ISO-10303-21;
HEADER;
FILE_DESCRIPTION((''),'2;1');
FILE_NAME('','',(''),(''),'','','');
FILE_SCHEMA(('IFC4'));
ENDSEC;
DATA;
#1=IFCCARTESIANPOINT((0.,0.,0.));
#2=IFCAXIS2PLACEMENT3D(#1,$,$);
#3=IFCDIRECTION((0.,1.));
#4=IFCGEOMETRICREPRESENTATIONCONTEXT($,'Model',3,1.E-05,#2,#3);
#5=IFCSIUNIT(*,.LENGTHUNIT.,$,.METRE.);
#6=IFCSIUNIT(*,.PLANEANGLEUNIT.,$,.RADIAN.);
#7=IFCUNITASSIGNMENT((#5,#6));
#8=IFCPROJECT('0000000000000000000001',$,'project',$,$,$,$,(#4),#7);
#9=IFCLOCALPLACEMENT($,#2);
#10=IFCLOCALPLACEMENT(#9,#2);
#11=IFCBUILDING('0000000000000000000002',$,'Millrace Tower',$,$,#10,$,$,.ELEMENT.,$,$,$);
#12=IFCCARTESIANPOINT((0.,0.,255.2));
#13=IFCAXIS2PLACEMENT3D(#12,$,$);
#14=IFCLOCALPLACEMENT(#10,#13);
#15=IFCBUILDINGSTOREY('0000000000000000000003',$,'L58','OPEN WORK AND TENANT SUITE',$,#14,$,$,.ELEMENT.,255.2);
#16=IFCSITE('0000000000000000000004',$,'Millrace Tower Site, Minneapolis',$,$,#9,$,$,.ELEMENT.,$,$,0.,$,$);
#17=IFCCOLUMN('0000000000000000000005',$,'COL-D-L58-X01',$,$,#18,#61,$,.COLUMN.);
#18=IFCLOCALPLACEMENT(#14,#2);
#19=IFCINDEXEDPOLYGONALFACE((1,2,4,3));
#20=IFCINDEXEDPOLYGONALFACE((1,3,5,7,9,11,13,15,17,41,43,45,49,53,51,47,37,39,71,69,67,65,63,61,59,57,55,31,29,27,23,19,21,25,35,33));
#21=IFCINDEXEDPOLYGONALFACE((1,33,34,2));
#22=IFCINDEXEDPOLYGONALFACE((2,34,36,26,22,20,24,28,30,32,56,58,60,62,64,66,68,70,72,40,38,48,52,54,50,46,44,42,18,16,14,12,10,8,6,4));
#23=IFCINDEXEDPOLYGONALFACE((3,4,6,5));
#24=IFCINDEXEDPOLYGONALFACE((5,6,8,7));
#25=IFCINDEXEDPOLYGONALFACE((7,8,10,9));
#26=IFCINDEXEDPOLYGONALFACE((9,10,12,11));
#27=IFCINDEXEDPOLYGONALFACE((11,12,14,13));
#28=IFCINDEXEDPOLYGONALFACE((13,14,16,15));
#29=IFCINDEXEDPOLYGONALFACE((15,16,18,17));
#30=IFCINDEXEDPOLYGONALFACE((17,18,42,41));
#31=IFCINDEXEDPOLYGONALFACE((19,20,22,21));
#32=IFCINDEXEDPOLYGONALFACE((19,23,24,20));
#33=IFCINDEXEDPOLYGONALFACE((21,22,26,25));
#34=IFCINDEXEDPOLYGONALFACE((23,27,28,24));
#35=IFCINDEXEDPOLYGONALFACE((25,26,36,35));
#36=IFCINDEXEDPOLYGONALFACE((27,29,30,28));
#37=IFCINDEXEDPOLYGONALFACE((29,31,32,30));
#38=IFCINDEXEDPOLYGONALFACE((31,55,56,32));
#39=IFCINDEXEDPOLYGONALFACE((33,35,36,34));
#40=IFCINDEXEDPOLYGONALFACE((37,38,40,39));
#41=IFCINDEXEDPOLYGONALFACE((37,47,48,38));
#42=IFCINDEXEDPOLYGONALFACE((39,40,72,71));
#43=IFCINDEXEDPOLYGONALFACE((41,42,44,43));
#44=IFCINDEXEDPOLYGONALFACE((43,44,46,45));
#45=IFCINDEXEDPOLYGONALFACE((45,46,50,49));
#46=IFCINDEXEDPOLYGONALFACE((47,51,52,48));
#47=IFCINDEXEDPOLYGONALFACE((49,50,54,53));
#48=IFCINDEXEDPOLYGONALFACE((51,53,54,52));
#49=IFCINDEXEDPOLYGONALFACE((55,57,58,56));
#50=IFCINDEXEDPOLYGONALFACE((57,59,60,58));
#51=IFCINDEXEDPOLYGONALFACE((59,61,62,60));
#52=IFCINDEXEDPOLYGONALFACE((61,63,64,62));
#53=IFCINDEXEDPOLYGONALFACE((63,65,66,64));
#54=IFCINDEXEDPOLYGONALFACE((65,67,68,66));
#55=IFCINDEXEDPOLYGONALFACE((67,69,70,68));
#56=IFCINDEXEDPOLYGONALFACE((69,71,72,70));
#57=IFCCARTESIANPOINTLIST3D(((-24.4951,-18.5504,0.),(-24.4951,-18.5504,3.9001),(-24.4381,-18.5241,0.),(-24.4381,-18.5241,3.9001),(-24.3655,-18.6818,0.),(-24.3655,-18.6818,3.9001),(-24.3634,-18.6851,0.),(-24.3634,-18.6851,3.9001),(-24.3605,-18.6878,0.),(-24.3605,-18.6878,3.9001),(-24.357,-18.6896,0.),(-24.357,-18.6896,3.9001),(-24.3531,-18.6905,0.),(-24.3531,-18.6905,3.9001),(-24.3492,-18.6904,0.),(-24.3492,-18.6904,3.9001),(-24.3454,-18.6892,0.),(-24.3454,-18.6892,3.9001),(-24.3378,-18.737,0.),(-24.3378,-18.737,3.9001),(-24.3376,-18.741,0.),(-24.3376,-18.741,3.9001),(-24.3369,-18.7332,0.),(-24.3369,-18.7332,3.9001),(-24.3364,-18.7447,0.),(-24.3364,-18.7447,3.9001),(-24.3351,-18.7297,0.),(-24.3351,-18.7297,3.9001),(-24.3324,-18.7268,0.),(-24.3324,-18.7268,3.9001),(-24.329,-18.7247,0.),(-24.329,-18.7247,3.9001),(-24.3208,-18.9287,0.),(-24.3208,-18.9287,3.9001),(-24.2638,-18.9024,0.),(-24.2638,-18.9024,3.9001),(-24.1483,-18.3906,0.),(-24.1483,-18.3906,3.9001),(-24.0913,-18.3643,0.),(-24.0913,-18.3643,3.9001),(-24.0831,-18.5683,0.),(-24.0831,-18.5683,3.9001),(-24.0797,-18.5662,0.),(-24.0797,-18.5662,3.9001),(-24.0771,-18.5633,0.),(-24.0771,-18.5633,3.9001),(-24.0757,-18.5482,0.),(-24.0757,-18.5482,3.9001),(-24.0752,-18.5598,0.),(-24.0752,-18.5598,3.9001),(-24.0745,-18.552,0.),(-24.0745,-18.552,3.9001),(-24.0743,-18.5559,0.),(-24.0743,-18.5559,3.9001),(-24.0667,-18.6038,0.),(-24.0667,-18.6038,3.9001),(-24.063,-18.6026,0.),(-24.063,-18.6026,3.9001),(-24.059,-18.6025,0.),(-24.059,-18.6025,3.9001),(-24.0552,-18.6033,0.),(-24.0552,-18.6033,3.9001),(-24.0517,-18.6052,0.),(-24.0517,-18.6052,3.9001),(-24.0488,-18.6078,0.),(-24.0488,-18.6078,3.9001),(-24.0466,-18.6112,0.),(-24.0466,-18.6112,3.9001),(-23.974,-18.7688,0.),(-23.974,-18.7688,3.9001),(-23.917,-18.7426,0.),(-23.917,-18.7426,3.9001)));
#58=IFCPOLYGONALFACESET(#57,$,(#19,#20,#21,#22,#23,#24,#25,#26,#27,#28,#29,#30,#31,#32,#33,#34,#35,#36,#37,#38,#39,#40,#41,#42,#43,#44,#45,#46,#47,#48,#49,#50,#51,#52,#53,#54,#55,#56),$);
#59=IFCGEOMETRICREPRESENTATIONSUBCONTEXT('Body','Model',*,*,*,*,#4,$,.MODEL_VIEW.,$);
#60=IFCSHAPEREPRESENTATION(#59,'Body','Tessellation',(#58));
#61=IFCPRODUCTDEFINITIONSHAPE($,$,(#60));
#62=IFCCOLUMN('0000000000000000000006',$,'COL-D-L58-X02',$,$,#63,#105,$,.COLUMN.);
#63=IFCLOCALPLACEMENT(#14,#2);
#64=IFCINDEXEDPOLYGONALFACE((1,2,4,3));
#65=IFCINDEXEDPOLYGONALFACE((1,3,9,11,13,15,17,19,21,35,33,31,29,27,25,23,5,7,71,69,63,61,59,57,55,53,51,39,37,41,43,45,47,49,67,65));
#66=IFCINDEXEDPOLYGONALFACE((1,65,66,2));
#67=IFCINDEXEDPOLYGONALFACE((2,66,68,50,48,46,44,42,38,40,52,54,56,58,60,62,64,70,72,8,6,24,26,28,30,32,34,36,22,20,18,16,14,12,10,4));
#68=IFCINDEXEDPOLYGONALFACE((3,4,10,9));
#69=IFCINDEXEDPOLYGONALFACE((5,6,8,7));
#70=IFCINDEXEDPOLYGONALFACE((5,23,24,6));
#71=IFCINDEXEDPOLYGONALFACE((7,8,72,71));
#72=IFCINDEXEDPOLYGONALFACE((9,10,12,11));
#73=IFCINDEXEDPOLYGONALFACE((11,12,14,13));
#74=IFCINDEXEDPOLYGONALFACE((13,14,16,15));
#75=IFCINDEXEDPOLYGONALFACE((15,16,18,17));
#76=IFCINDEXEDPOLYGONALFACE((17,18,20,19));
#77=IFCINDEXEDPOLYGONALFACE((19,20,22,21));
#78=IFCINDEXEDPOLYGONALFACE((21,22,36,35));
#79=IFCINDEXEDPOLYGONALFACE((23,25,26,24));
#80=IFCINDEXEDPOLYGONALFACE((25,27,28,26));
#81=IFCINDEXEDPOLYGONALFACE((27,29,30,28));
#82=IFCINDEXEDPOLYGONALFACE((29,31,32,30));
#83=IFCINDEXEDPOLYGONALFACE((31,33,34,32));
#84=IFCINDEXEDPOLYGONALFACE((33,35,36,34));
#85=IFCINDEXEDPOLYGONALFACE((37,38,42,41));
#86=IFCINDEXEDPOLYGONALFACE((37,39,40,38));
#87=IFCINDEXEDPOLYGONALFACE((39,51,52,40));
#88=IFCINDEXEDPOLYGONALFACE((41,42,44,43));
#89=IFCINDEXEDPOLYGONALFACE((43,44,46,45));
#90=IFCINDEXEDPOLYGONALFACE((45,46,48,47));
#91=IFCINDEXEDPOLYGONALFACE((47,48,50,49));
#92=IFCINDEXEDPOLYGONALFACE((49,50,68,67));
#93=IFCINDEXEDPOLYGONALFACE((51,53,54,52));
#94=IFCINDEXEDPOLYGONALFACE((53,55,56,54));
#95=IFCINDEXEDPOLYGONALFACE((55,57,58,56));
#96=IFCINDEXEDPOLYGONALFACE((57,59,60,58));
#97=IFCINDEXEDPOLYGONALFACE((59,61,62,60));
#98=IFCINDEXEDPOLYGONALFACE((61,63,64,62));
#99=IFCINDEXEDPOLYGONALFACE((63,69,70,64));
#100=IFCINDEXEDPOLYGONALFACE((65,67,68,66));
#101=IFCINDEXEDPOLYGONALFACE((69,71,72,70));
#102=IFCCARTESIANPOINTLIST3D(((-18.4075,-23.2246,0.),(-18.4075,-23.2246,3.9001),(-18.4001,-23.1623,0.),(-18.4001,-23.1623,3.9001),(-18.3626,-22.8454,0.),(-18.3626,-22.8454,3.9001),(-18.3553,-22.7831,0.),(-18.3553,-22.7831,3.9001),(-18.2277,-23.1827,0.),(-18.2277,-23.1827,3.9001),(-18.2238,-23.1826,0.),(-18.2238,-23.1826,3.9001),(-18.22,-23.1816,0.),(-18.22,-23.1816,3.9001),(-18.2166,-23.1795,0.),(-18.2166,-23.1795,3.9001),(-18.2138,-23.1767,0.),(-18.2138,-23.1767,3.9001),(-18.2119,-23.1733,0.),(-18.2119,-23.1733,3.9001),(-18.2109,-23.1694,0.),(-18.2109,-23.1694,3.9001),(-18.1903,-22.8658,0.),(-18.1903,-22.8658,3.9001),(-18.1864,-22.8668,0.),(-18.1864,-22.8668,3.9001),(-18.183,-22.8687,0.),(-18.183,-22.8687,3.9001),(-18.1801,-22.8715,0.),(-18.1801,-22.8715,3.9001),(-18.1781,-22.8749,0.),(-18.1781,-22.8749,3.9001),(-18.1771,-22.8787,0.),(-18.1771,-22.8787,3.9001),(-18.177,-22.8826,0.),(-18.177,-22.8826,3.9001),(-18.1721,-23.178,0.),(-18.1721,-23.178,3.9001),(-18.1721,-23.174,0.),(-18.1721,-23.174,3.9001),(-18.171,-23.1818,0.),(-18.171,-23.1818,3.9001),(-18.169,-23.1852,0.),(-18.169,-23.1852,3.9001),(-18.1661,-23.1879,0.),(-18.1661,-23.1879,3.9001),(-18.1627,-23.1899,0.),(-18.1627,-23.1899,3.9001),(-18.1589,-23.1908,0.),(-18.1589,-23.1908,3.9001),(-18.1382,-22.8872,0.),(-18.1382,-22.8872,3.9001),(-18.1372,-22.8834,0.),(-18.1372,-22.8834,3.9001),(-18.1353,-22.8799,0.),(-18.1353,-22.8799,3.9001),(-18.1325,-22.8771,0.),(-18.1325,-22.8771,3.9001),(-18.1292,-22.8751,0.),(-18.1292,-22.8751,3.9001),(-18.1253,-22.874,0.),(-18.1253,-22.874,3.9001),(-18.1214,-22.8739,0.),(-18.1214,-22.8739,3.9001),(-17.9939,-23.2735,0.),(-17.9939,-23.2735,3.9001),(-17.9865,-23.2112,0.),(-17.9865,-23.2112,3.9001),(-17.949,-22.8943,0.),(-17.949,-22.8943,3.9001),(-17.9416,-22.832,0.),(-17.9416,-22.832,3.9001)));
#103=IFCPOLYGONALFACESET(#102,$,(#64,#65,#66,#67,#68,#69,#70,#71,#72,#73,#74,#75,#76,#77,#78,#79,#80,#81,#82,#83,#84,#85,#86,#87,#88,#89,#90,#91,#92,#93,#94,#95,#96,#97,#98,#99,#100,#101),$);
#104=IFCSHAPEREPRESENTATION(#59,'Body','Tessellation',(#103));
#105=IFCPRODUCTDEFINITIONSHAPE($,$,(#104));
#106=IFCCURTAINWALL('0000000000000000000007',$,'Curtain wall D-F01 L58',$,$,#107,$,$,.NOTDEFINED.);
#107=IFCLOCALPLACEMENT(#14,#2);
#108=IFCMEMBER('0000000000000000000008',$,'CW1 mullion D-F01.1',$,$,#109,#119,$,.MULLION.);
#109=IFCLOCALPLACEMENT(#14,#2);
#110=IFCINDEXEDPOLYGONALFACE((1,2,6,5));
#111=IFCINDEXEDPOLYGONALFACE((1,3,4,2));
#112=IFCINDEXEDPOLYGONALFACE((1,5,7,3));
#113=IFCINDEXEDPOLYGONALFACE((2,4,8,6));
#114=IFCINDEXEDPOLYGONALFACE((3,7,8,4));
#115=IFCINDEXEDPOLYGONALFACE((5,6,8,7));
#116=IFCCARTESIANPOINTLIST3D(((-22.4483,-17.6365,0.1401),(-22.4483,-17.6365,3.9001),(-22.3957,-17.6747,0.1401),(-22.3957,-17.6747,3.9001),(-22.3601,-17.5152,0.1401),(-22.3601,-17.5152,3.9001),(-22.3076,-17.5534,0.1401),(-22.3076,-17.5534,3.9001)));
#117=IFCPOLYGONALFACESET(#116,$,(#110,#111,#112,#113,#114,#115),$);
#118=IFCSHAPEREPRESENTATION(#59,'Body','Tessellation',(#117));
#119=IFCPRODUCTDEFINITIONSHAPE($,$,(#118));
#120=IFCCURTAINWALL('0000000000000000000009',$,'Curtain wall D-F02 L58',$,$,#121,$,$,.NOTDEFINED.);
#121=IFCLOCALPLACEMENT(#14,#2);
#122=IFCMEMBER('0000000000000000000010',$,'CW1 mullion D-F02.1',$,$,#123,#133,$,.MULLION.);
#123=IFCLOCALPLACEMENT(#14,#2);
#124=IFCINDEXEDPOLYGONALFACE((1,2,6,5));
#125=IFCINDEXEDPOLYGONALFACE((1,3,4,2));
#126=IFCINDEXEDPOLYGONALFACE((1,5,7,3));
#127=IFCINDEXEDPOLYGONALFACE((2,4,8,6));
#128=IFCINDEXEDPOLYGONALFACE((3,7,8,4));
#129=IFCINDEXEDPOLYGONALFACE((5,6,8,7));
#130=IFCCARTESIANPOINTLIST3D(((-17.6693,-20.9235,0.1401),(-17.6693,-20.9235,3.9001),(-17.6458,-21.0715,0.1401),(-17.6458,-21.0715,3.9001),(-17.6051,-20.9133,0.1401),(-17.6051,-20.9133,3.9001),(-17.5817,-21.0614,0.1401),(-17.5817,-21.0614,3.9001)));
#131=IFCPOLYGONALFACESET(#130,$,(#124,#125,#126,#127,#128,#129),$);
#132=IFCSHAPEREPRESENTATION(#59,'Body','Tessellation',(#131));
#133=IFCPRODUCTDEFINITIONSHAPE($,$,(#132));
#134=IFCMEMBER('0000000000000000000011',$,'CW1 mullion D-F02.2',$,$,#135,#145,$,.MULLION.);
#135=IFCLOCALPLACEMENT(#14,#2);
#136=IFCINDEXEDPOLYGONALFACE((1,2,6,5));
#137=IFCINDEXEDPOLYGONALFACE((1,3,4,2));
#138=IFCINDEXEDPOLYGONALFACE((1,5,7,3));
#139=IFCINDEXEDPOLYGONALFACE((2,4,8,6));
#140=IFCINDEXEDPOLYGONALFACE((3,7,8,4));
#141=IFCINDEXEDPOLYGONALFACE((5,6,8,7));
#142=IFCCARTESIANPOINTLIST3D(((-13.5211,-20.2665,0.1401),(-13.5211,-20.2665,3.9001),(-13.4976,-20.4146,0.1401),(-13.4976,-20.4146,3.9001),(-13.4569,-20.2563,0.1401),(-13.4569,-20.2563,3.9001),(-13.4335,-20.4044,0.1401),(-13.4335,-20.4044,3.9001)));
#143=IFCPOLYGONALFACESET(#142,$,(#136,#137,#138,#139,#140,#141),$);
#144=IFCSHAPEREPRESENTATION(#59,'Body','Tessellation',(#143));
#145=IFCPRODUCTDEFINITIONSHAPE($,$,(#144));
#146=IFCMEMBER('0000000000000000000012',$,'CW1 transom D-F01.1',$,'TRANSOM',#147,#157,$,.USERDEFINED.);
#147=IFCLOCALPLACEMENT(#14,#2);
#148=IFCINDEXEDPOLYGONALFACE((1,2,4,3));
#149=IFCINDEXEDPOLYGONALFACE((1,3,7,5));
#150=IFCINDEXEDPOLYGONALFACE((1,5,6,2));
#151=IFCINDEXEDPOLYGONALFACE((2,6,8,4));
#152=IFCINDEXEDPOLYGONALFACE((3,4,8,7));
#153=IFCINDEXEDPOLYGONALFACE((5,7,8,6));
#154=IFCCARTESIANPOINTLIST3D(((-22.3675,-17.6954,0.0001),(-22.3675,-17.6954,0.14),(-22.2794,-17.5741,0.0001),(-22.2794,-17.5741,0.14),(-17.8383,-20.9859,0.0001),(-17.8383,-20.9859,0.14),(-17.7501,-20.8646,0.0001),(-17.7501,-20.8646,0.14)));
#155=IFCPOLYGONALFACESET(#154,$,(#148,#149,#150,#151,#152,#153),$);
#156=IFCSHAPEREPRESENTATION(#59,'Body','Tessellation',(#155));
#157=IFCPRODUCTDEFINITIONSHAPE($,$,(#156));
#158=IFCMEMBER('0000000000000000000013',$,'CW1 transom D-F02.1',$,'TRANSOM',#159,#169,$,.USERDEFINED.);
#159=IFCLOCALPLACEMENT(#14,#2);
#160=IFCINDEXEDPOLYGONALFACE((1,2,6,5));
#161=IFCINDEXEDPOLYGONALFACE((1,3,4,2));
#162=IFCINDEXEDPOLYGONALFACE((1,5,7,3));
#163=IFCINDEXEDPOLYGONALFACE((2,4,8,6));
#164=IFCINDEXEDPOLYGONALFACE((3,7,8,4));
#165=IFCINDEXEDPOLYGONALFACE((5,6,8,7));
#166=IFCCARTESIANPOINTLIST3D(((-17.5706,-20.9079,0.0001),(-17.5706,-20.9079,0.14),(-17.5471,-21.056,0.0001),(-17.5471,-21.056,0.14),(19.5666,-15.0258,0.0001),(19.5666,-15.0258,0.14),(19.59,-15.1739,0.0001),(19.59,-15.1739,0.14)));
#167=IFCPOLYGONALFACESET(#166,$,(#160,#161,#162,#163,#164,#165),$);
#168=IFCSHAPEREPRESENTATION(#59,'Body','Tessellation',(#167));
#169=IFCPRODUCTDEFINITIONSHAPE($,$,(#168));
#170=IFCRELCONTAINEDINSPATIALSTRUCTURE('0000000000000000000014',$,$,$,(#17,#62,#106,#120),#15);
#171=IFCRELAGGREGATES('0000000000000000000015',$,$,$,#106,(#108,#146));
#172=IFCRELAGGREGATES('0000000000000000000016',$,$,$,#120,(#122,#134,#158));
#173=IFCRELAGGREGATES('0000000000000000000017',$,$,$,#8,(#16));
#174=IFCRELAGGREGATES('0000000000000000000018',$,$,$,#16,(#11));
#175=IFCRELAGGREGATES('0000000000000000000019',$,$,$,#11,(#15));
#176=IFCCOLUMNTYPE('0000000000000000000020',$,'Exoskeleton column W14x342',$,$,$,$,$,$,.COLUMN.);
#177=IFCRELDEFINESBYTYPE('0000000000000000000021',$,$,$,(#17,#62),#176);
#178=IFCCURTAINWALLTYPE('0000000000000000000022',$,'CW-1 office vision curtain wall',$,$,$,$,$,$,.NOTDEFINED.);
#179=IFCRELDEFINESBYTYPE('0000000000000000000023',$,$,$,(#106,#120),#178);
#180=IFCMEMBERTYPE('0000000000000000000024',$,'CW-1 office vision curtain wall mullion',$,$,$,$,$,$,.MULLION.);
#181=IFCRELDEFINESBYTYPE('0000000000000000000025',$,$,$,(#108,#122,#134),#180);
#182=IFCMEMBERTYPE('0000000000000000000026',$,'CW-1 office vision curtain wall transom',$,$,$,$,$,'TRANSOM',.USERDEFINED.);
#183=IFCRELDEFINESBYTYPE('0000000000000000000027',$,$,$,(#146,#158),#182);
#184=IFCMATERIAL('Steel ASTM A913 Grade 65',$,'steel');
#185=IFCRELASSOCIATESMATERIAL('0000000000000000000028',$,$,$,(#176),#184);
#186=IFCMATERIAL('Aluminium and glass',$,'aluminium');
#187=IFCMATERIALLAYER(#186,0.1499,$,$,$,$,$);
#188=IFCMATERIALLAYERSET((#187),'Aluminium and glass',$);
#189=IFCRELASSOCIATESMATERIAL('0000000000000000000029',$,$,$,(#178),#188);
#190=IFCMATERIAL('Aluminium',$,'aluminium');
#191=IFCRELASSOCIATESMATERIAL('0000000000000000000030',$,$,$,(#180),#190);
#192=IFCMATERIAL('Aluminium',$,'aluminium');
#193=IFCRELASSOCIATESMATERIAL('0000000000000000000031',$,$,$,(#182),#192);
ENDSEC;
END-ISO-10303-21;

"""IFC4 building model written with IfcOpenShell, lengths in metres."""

from ifc_helpers import new_model, si_unit, direction, frame, origin, origin_2d, place, context, subcontext, project, spatial, rectangle, i_section, extrude, material, layer, layer_set, material_profile, profile_set, type_object, element, aggregate, save


model = new_model("IFC4")

# Units and contexts
model_context = context("Model", 3, precision=1e-05, world=origin(), true_north=direction((0.0, 1.0)))
body_context = subcontext(model_context, "Body", "Model", "MODEL_VIEW")
ifc_project = project(units=[si_unit("LENGTHUNIT", "METRE"), si_unit("PLANEANGLEUNIT", "RADIAN")], contexts=[model_context])

# Site, building, storey
site_placement = place(None, origin())
site = spatial("IfcSite", under=ifc_project, at=site_placement, Name="Millrace Tower Site, Minneapolis", CompositionType="ELEMENT", RefElevation=0.0)
building_placement = place(site_placement, origin())
building = spatial("IfcBuilding", under=site, at=building_placement, Name="Millrace Tower", CompositionType="ELEMENT")
storey_placement = place(building_placement, frame((0.0, 0.0, 255.2)))
storey = spatial("IfcBuildingStorey", under=building, at=storey_placement, Name="L58", Description="OPEN WORK AND TENANT SUITE", CompositionType="ELEMENT", Elevation=255.2)

# Columns
ifc_material_1 = material(Name="Steel ASTM A913 Grade 65", Category="steel")
ifc_material_profile_1 = material_profile(ifc_material_1, i_section(OverallWidth=0.4165, OverallDepth=0.4446, WebThickness=0.0391, FlangeThickness=0.0627, FilletRadius=0.0151, at=origin_2d()))
ifc_profile_set_1 = profile_set([ifc_material_profile_1], Name="Steel ASTM A913 Grade 65")
column_type = type_object("IfcColumnType", Name="Exoskeleton column W14x342", PredefinedType="COLUMN", material=ifc_profile_set_1)
for number, where, z_axis, x_axis, name in (
    (1, (-24.2061, -18.6465, 0.0), (0.0, 0.0, 1.0), (0.418553, -0.908192, 0.0), "COL-D-L58-X01"),
    (2, (-18.1746, -23.0283, 0.0), (0.0, 0.0, 1.0), (0.993082, -0.117421, 0.0), "COL-D-L58-X02"),
):
    element("IfcColumn", number, at=place(storey_placement, frame(where, z_axis=z_axis, x_axis=x_axis)), inside=storey, type_object=column_type, Name=name, PredefinedType="COLUMN", context=body_context, shape_type="SweptSolid", body=[
        extrude(i_section(OverallWidth=0.4165, OverallDepth=0.4446, WebThickness=0.0391, FlangeThickness=0.0627, FilletRadius=0.0151, at=origin_2d()), origin(), (0.0, 0.0, 1.0), 3.9001),
    ])

# Curtain wall, member
ifc_material_2 = material(Name="Aluminium and glass", Category="aluminium")
ifc_layer_1 = layer(ifc_material_2, 0.1499)
ifc_layer_set_1 = layer_set([ifc_layer_1], Name="Aluminium and glass")
curtain_wall_type = type_object("IfcCurtainWallType", Name="CW-1 office vision curtain wall", PredefinedType="NOTDEFINED", material=ifc_layer_set_1)
placement = place(storey_placement, origin())
curtain_wall_1 = element("IfcCurtainWall", 3, at=placement, inside=storey, type_object=curtain_wall_type, Name="Curtain wall D-F01 L58", PredefinedType="NOTDEFINED")
ifc_material_3 = material(Name="Aluminium", Category="aluminium")
ifc_material_profile_2 = material_profile(ifc_material_3, rectangle(XDim=0.0649, YDim=0.1499, at=origin_2d()))
ifc_profile_set_2 = profile_set([ifc_material_profile_2], Name="Aluminium")
member_type_1 = type_object("IfcMemberType", Name="CW-1 office vision curtain wall mullion", PredefinedType="MULLION", material=ifc_profile_set_2)
member_1_placement = place(storey_placement, frame((-22.3779, -17.595, 0.1401), z_axis=(0.0, 0.0, 1.0), x_axis=(0.809017, -0.587785, 0.0)))
member_1 = element("IfcMember", 4, at=member_1_placement, type_object=member_type_1, Name="CW1 mullion D-F01.1", PredefinedType="MULLION", context=body_context, shape_type="SweptSolid", body=[
    extrude(rectangle(XDim=0.0649, YDim=0.1499, at=origin_2d()), origin(), (0.0, 0.0, 1.0), 3.76),
])

# Curtain wall, members
curtain_wall_2 = element("IfcCurtainWall", 5, at=placement, inside=storey, type_object=curtain_wall_type, Name="Curtain wall D-F02 L58", PredefinedType="NOTDEFINED")
member_2_placement = place(storey_placement, frame((-17.6255, -20.9924, 0.1401), z_axis=(0.0, 0.0, 1.0), x_axis=(0.987688, 0.156434, 0.0)))
member_2 = element("IfcMember", 6, at=member_2_placement, type_object=member_type_1, Name="CW1 mullion D-F02.1", PredefinedType="MULLION", context=body_context, shape_type="SweptSolid", body=[
    extrude(rectangle(XDim=0.0649, YDim=0.1499, at=origin_2d()), origin(), (0.0, 0.0, 1.0), 3.76),
])
member_3_placement = place(storey_placement, frame((-13.4773, -20.3354, 0.1401), z_axis=(0.0, 0.0, 1.0), x_axis=(0.987688, 0.156434, 0.0)))
member_3 = element("IfcMember", 7, at=member_3_placement, type_object=member_type_1, Name="CW1 mullion D-F02.2", PredefinedType="MULLION", context=body_context, shape_type="SweptSolid", body=[
    extrude(rectangle(XDim=0.0649, YDim=0.1499, at=origin_2d()), origin(), (0.0, 0.0, 1.0), 3.76),
])

# Members
ifc_material_4 = material(Name="Aluminium", Category="aluminium")
ifc_material_profile_3 = material_profile(ifc_material_4, rectangle(XDim=0.1499, YDim=0.1399, at=origin_2d()))
ifc_profile_set_3 = profile_set([ifc_material_profile_3], Name="Aluminium")
member_type_2 = type_object("IfcMemberType", Name="CW-1 office vision curtain wall transom", ElementType="TRANSOM", PredefinedType="USERDEFINED", material=ifc_profile_set_3)
member_4_placement = place(storey_placement, frame((-22.3235, -17.6348, 0.0701), z_axis=(0.809034, -0.587762, 0.0), x_axis=(0.587762, 0.809034, 0.0)))
member_4 = element("IfcMember", 8, at=member_4_placement, type_object=member_type_2, Name="CW1 transom D-F01.1", ObjectType="TRANSOM", PredefinedType="USERDEFINED", context=body_context, shape_type="SweptSolid", body=[
    extrude(rectangle(XDim=0.1499, YDim=0.1399, at=origin_2d()), origin(), (0.0, 0.0, 1.0), 5.5984),
])
aggregate(curtain_wall_1, [member_1, member_4])
member_5_placement = place(storey_placement, frame((-17.5588, -20.9819, 0.0701), z_axis=(0.987688, 0.156438, 0.0), x_axis=(-0.156438, 0.987688, 0.0)))
member_5 = element("IfcMember", 9, at=member_5_placement, type_object=member_type_2, Name="CW1 transom D-F02.1", ObjectType="TRANSOM", PredefinedType="USERDEFINED", context=body_context, shape_type="SweptSolid", body=[
    extrude(rectangle(XDim=0.1499, YDim=0.1399, at=origin_2d()), origin(), (0.0, 0.0, 1.0), 37.6001),
])
aggregate(curtain_wall_2, [member_2, member_3, member_5])

save(model, "model.ifc")
